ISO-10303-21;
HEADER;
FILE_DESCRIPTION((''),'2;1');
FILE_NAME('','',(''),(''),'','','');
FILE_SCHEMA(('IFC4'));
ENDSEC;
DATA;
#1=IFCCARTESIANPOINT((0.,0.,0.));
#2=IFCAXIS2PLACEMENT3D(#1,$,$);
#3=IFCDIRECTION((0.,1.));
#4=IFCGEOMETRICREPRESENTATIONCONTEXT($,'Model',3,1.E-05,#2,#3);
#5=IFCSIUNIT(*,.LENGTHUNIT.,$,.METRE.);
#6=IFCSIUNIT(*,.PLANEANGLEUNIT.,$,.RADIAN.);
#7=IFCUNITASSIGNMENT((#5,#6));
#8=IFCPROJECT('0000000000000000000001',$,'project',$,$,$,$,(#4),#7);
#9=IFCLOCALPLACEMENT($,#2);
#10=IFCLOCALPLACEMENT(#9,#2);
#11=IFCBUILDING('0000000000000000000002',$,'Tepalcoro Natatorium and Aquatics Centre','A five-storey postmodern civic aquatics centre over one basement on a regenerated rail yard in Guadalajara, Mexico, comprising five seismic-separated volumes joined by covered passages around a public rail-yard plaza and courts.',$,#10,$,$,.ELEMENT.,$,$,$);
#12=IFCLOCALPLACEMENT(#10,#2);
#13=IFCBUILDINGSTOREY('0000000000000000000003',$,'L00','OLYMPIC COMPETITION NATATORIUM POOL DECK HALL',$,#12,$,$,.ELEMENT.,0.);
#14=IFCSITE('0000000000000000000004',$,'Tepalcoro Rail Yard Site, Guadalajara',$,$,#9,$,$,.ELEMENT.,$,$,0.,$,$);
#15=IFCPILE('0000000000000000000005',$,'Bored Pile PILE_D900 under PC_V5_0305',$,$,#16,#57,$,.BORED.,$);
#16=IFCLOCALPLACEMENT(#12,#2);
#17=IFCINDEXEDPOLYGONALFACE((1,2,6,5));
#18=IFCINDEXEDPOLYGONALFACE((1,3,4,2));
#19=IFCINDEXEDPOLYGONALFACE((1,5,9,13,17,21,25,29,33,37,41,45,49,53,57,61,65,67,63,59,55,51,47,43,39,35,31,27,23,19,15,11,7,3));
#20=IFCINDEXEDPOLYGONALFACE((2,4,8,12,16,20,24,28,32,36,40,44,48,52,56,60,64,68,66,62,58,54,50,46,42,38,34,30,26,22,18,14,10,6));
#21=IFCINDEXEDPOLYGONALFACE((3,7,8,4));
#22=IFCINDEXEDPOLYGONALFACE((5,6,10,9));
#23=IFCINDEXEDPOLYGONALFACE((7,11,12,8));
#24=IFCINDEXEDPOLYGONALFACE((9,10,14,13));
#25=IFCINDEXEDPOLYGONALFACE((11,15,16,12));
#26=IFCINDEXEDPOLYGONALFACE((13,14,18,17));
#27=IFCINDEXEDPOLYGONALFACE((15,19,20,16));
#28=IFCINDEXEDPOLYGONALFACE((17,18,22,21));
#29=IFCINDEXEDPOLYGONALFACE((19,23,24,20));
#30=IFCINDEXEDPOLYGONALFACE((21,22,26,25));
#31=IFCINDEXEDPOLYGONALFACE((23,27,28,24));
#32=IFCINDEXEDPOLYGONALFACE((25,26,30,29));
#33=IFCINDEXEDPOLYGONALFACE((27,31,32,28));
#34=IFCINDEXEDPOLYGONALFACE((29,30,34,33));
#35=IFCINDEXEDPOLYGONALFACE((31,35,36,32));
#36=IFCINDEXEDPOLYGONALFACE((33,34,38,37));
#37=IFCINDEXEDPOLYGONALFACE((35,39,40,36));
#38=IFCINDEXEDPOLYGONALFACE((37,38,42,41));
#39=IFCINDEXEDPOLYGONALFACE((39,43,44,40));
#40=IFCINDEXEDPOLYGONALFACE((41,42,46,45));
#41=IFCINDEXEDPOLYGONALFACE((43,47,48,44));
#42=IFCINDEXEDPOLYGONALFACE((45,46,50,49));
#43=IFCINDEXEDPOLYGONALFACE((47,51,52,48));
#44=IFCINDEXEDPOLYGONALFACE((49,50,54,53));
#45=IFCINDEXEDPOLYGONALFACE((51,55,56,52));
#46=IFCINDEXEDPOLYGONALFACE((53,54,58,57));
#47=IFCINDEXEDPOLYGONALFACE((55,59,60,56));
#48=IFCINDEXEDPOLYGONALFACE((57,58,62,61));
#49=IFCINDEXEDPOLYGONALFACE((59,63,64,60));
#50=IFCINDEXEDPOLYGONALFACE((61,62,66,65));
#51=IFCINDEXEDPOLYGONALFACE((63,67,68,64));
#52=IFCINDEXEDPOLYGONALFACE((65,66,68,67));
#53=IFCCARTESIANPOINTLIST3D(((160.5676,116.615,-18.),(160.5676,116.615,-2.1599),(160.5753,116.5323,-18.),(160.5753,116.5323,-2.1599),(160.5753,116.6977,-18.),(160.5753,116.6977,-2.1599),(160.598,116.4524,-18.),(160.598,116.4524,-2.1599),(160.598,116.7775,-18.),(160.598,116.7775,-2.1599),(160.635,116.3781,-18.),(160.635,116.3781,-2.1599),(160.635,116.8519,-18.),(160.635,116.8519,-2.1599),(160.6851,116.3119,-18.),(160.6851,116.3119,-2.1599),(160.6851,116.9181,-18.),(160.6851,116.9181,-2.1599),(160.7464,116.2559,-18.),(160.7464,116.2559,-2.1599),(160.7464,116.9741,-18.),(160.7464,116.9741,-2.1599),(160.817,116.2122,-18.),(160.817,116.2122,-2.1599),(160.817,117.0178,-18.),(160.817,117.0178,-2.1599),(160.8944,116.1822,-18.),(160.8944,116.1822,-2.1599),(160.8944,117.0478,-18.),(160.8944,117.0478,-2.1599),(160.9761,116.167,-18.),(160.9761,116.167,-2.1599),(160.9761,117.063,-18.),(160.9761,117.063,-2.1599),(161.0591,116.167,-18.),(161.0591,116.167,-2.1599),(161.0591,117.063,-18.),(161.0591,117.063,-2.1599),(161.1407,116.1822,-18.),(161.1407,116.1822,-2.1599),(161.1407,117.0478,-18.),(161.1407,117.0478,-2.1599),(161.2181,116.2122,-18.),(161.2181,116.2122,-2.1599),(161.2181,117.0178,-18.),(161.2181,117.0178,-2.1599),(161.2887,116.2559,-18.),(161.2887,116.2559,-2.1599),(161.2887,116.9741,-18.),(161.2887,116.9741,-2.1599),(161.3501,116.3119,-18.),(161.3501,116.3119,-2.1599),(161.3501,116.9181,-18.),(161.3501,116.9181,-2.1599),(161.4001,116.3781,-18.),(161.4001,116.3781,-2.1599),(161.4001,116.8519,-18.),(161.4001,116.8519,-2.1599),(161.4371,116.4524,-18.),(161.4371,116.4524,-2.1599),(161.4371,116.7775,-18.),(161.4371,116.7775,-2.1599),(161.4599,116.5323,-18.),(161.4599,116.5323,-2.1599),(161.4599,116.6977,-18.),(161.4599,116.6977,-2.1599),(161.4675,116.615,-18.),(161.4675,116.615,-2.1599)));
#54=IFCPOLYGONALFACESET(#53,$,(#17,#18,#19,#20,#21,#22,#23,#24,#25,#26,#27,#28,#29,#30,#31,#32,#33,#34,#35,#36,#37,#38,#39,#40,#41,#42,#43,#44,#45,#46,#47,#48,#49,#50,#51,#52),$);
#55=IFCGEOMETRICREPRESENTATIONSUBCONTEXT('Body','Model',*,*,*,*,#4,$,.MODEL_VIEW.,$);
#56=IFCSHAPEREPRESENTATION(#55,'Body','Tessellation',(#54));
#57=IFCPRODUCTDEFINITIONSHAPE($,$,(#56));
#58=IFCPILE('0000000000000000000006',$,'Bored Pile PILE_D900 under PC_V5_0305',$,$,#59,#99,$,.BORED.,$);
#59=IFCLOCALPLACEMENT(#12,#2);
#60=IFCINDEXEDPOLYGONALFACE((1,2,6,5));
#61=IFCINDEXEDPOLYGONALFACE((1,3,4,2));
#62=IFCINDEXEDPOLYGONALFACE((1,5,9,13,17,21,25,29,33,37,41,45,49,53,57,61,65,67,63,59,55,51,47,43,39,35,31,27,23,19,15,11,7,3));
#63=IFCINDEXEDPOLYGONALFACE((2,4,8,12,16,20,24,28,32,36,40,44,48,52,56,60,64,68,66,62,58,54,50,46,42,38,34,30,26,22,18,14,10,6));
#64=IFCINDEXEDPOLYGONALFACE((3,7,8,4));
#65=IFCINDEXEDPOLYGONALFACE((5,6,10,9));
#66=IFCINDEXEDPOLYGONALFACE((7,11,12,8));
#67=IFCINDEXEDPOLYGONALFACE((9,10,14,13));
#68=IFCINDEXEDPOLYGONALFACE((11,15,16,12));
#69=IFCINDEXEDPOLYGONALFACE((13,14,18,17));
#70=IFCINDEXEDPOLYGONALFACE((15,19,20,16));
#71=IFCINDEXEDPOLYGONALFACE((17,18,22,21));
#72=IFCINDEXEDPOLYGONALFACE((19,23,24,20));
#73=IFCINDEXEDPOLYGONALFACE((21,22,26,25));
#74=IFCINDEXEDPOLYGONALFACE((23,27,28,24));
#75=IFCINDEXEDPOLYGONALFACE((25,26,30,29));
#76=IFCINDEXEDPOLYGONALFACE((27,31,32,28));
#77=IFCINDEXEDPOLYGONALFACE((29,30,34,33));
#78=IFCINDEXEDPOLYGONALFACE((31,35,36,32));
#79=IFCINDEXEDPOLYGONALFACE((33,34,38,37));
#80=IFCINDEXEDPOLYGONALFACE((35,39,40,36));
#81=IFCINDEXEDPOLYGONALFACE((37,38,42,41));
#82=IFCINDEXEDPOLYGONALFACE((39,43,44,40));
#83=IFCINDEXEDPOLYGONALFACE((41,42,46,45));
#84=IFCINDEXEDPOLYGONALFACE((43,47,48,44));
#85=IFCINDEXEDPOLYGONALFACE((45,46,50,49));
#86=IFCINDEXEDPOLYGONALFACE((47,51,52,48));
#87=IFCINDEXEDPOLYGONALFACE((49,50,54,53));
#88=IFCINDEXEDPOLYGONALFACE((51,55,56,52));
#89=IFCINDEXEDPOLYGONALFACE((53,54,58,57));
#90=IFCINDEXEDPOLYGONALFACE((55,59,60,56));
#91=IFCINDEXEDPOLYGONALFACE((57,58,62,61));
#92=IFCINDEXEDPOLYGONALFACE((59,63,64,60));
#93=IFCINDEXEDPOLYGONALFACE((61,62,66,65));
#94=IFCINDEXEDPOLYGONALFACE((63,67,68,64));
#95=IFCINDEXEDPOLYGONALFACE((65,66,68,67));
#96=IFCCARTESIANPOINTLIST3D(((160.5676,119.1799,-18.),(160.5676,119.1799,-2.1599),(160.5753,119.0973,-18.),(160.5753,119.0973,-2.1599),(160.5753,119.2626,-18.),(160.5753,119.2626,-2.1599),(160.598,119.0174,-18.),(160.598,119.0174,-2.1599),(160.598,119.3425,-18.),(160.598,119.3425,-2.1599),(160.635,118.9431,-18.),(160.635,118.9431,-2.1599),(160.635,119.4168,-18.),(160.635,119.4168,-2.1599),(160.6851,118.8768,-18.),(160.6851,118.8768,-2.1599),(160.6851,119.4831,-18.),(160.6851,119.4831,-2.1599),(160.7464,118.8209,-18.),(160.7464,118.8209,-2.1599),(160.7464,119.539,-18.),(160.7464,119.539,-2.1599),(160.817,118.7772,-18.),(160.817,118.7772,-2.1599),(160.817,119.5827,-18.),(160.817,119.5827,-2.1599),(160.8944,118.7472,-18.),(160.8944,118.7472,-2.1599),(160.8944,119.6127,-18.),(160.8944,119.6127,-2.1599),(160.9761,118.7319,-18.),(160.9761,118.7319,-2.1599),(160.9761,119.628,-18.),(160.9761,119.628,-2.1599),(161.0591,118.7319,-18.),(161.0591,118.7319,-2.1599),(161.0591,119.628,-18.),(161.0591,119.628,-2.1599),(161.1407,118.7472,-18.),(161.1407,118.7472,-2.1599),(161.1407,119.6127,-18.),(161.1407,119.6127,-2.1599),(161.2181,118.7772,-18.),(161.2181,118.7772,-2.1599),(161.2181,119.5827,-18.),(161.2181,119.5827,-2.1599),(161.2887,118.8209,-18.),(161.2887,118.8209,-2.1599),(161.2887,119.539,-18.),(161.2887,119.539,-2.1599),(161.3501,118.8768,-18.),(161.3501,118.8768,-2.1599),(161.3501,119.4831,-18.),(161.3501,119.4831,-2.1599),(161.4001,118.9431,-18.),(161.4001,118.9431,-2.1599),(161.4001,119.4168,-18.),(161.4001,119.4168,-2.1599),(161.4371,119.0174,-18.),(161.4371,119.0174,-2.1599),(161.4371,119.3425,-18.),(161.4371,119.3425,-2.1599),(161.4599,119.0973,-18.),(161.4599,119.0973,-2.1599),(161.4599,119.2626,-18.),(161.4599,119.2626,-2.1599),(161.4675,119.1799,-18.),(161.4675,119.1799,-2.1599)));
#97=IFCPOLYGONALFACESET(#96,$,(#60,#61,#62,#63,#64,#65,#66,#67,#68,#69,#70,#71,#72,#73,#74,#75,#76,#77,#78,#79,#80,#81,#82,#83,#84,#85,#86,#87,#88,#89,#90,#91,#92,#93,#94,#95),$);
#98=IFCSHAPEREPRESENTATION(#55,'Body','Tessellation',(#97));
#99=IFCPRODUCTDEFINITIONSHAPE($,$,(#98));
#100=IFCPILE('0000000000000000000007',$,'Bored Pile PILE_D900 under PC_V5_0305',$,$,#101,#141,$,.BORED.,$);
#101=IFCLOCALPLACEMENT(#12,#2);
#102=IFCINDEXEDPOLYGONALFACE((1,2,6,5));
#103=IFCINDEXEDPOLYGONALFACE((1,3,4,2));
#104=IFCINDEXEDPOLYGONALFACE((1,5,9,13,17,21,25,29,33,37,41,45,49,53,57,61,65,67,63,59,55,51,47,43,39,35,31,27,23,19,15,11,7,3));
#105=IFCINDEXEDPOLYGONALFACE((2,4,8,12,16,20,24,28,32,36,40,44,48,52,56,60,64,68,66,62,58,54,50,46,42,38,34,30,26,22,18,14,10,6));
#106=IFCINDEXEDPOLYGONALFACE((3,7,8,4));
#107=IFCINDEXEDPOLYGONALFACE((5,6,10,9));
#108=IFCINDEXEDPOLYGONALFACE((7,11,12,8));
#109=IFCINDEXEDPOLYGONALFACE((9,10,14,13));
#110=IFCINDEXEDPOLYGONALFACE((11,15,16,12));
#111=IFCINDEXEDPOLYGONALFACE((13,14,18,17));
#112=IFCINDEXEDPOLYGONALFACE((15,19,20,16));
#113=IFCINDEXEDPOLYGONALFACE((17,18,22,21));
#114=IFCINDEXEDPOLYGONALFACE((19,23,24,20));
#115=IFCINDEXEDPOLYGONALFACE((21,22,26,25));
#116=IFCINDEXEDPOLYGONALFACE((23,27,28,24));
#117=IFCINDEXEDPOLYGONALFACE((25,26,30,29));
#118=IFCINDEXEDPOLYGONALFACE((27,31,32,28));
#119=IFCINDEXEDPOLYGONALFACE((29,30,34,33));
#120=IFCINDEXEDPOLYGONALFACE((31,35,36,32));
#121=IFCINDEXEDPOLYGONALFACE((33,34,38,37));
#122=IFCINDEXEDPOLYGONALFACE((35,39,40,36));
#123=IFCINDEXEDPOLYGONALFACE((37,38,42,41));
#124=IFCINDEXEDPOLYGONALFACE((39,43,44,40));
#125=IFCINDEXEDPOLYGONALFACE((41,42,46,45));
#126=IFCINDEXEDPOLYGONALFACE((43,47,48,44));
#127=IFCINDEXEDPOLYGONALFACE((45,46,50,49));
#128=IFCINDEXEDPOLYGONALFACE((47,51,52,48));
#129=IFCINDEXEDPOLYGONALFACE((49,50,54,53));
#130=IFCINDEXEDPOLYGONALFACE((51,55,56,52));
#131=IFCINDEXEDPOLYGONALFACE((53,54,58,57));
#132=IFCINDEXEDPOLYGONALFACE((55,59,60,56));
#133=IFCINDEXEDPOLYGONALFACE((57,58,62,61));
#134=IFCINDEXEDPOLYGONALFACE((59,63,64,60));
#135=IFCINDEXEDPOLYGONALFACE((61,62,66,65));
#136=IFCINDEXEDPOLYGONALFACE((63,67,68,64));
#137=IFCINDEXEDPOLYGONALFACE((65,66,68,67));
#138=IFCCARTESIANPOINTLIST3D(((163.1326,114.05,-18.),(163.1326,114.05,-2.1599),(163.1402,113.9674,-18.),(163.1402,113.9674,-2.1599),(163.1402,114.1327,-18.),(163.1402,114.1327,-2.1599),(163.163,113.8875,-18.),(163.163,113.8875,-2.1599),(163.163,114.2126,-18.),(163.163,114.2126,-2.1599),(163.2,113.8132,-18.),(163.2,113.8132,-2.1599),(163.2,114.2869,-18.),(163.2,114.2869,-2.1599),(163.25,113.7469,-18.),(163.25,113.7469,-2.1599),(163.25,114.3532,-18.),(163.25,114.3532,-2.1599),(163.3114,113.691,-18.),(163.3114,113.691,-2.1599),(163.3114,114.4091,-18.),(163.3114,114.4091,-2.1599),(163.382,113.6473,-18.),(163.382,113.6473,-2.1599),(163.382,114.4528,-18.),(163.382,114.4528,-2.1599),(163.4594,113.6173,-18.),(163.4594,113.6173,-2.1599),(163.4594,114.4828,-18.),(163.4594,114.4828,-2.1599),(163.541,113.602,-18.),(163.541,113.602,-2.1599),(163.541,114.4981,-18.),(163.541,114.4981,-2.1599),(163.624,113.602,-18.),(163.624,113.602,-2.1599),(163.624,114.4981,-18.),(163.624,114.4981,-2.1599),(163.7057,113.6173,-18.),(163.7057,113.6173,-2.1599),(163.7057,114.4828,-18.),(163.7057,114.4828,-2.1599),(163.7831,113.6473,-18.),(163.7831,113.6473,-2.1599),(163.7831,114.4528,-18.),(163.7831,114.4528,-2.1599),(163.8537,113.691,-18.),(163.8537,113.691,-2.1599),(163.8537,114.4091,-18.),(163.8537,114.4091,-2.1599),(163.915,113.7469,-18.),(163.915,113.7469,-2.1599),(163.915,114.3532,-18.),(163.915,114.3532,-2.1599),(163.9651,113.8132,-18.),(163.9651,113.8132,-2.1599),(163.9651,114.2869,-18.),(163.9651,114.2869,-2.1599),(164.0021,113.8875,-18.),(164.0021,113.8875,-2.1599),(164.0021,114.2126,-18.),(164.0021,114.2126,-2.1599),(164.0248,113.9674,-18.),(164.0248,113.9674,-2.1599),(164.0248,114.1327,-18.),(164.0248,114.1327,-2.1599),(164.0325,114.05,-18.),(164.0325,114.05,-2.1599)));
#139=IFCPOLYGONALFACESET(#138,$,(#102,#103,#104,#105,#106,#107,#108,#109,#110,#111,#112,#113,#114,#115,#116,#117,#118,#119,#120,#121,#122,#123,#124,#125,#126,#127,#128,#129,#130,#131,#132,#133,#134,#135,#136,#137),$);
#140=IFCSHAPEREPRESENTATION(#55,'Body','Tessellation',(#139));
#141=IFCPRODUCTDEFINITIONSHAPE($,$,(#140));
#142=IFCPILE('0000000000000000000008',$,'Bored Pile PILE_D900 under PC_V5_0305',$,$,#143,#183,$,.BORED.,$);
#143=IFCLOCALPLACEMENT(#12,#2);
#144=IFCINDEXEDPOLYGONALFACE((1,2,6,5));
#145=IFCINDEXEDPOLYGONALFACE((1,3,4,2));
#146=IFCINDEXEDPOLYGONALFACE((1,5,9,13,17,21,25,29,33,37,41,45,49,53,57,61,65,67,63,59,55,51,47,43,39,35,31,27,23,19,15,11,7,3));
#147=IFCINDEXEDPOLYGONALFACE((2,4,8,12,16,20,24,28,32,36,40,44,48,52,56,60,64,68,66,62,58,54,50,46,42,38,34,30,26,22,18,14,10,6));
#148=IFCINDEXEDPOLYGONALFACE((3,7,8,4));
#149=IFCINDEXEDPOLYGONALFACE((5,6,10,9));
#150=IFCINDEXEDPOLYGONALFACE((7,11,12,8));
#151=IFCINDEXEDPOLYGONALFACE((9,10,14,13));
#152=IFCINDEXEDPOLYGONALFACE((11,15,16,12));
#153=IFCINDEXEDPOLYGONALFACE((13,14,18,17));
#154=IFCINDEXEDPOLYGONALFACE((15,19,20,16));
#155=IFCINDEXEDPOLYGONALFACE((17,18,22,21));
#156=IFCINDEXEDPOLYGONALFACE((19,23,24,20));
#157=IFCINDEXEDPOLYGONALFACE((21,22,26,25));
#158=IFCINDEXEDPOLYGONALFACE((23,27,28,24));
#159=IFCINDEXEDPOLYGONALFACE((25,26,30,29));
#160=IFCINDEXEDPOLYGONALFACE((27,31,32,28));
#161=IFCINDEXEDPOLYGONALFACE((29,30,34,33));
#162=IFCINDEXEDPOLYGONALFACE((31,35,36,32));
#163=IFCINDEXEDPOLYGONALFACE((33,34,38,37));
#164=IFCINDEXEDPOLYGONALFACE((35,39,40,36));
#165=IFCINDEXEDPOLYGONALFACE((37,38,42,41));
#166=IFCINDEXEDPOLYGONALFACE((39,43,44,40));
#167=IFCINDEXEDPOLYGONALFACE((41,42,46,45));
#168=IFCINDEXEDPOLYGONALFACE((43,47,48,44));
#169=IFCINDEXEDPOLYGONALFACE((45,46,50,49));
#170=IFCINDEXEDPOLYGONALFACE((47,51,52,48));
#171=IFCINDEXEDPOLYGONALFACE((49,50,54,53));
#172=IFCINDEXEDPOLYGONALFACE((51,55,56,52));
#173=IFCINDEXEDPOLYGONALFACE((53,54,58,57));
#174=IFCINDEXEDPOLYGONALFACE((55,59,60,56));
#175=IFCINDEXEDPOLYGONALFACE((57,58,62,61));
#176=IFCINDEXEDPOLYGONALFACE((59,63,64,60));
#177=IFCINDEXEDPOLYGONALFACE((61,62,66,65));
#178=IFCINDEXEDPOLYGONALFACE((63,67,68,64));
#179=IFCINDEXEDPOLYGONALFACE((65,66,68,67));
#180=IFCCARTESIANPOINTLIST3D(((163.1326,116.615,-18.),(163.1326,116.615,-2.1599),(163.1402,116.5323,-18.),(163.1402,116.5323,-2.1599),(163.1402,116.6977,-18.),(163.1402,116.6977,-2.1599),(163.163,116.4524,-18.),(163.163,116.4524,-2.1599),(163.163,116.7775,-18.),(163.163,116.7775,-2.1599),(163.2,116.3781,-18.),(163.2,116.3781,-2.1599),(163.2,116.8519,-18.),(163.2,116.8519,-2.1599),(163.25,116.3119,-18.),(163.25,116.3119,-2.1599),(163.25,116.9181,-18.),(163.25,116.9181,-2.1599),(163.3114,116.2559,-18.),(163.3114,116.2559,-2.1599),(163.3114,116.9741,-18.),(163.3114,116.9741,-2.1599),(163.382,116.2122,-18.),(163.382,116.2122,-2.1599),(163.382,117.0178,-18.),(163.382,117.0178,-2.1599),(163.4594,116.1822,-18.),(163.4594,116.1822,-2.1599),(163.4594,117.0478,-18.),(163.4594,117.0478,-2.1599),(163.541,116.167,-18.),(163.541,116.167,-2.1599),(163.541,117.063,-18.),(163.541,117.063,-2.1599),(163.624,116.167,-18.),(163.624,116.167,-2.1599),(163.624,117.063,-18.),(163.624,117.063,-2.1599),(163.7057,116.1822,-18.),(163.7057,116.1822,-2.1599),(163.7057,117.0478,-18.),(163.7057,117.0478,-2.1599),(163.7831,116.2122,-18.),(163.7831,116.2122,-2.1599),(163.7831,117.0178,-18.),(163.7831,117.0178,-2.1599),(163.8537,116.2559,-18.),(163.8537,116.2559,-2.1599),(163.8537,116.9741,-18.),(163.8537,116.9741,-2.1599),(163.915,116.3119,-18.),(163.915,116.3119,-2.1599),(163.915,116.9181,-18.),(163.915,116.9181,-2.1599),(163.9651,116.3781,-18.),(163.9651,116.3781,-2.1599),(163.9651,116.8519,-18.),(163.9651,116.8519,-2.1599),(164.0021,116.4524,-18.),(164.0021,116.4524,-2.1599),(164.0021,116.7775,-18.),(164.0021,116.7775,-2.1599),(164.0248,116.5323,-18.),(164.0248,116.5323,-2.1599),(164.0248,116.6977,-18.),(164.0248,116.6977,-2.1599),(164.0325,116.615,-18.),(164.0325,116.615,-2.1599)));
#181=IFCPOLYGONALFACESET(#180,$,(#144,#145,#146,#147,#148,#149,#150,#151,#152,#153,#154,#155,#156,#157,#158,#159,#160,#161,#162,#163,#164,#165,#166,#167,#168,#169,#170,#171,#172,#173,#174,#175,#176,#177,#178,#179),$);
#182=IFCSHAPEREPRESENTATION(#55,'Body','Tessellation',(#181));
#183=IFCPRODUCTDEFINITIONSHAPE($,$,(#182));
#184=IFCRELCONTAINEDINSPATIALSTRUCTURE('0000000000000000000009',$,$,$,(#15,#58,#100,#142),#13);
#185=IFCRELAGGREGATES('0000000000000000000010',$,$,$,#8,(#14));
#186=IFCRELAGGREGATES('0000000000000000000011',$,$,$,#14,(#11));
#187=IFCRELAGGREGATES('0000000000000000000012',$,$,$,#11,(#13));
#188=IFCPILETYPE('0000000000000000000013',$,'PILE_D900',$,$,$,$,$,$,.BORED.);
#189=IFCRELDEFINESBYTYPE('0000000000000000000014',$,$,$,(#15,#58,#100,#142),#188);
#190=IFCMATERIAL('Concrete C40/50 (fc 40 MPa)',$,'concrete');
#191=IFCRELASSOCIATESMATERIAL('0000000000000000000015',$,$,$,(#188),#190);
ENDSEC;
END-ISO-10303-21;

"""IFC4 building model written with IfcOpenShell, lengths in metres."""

from ifc_helpers import new_model, si_unit, direction, frame, origin, origin_2d, place, context, subcontext, project, spatial, circle, extrude, material, material_profile, profile_set, type_object, element, save


model = new_model("IFC4")

# Units and contexts
model_context = context("Model", 3, precision=1e-05, world=origin(), true_north=direction((0.0, 1.0)))
body_context = subcontext(model_context, "Body", "Model", "MODEL_VIEW")
ifc_project = project(units=[si_unit("LENGTHUNIT", "METRE"), si_unit("PLANEANGLEUNIT", "RADIAN")], contexts=[model_context])

# Site, building, storey
site_placement = place(None, origin())
site = spatial("IfcSite", under=ifc_project, at=site_placement, Name="Tepalcoro Rail Yard Site, Guadalajara", CompositionType="ELEMENT", RefElevation=0.0)
building_placement = place(site_placement, origin())
building = spatial("IfcBuilding", under=site, at=building_placement, Name="Tepalcoro Natatorium and Aquatics Centre", Description="A five-storey postmodern civic aquatics centre over one basement on a regenerated rail yard in Guadalajara, Mexico, comprising five seismic-separated volumes joined by covered passages around a public rail-yard plaza and courts.", CompositionType="ELEMENT")
storey_placement = place(building_placement, origin())
storey = spatial("IfcBuildingStorey", under=building, at=storey_placement, Name="L00", Description="OLYMPIC COMPETITION NATATORIUM POOL DECK HALL", CompositionType="ELEMENT", Elevation=0.0)

# Piles
ifc_material_1 = material(Name="Concrete C40/50 (fc 40 MPa)", Category="concrete")
ifc_material_profile_1 = material_profile(ifc_material_1, circle(Radius=0.45, at=origin_2d()), Name="PILE_D900")
ifc_profile_set_1 = profile_set([ifc_material_profile_1], Name="Concrete C40/50 (fc 40 MPa)")
pile_type = type_object("IfcPileType", Name="PILE_D900", PredefinedType="BORED", material=ifc_profile_set_1)
for number, where, z_axis, x_axis, name in (
    (1, (161.0176, 116.615, -2.1599), (0.0, 0.0, -1.0), (1.0, 0.0, 0.0), "Bored Pile PILE_D900 under PC_V5_0305"),
    (2, (161.0176, 119.1799, -2.1599), (0.0, 0.0, -1.0), (1.0, 0.0, 0.0), "Bored Pile PILE_D900 under PC_V5_0305"),
    (3, (163.5825, 114.05, -2.1599), (0.0, 0.0, -1.0), (1.0, 0.0, 0.0), "Bored Pile PILE_D900 under PC_V5_0305"),
    (4, (163.5825, 116.615, -2.1599), (0.0, 0.0, -1.0), (1.0, 0.0, 0.0), "Bored Pile PILE_D900 under PC_V5_0305"),
):
    element("IfcPile", number, at=place(storey_placement, frame(where, z_axis=z_axis, x_axis=x_axis)), inside=storey, type_object=pile_type, Name=name, PredefinedType="BORED", context=body_context, shape_type="SweptSolid", body=[
        extrude(circle(Radius=0.45, at=origin_2d()), origin(), (0.0, 0.0, 1.0), 15.8401),
    ])

save(model, "model.ifc")
